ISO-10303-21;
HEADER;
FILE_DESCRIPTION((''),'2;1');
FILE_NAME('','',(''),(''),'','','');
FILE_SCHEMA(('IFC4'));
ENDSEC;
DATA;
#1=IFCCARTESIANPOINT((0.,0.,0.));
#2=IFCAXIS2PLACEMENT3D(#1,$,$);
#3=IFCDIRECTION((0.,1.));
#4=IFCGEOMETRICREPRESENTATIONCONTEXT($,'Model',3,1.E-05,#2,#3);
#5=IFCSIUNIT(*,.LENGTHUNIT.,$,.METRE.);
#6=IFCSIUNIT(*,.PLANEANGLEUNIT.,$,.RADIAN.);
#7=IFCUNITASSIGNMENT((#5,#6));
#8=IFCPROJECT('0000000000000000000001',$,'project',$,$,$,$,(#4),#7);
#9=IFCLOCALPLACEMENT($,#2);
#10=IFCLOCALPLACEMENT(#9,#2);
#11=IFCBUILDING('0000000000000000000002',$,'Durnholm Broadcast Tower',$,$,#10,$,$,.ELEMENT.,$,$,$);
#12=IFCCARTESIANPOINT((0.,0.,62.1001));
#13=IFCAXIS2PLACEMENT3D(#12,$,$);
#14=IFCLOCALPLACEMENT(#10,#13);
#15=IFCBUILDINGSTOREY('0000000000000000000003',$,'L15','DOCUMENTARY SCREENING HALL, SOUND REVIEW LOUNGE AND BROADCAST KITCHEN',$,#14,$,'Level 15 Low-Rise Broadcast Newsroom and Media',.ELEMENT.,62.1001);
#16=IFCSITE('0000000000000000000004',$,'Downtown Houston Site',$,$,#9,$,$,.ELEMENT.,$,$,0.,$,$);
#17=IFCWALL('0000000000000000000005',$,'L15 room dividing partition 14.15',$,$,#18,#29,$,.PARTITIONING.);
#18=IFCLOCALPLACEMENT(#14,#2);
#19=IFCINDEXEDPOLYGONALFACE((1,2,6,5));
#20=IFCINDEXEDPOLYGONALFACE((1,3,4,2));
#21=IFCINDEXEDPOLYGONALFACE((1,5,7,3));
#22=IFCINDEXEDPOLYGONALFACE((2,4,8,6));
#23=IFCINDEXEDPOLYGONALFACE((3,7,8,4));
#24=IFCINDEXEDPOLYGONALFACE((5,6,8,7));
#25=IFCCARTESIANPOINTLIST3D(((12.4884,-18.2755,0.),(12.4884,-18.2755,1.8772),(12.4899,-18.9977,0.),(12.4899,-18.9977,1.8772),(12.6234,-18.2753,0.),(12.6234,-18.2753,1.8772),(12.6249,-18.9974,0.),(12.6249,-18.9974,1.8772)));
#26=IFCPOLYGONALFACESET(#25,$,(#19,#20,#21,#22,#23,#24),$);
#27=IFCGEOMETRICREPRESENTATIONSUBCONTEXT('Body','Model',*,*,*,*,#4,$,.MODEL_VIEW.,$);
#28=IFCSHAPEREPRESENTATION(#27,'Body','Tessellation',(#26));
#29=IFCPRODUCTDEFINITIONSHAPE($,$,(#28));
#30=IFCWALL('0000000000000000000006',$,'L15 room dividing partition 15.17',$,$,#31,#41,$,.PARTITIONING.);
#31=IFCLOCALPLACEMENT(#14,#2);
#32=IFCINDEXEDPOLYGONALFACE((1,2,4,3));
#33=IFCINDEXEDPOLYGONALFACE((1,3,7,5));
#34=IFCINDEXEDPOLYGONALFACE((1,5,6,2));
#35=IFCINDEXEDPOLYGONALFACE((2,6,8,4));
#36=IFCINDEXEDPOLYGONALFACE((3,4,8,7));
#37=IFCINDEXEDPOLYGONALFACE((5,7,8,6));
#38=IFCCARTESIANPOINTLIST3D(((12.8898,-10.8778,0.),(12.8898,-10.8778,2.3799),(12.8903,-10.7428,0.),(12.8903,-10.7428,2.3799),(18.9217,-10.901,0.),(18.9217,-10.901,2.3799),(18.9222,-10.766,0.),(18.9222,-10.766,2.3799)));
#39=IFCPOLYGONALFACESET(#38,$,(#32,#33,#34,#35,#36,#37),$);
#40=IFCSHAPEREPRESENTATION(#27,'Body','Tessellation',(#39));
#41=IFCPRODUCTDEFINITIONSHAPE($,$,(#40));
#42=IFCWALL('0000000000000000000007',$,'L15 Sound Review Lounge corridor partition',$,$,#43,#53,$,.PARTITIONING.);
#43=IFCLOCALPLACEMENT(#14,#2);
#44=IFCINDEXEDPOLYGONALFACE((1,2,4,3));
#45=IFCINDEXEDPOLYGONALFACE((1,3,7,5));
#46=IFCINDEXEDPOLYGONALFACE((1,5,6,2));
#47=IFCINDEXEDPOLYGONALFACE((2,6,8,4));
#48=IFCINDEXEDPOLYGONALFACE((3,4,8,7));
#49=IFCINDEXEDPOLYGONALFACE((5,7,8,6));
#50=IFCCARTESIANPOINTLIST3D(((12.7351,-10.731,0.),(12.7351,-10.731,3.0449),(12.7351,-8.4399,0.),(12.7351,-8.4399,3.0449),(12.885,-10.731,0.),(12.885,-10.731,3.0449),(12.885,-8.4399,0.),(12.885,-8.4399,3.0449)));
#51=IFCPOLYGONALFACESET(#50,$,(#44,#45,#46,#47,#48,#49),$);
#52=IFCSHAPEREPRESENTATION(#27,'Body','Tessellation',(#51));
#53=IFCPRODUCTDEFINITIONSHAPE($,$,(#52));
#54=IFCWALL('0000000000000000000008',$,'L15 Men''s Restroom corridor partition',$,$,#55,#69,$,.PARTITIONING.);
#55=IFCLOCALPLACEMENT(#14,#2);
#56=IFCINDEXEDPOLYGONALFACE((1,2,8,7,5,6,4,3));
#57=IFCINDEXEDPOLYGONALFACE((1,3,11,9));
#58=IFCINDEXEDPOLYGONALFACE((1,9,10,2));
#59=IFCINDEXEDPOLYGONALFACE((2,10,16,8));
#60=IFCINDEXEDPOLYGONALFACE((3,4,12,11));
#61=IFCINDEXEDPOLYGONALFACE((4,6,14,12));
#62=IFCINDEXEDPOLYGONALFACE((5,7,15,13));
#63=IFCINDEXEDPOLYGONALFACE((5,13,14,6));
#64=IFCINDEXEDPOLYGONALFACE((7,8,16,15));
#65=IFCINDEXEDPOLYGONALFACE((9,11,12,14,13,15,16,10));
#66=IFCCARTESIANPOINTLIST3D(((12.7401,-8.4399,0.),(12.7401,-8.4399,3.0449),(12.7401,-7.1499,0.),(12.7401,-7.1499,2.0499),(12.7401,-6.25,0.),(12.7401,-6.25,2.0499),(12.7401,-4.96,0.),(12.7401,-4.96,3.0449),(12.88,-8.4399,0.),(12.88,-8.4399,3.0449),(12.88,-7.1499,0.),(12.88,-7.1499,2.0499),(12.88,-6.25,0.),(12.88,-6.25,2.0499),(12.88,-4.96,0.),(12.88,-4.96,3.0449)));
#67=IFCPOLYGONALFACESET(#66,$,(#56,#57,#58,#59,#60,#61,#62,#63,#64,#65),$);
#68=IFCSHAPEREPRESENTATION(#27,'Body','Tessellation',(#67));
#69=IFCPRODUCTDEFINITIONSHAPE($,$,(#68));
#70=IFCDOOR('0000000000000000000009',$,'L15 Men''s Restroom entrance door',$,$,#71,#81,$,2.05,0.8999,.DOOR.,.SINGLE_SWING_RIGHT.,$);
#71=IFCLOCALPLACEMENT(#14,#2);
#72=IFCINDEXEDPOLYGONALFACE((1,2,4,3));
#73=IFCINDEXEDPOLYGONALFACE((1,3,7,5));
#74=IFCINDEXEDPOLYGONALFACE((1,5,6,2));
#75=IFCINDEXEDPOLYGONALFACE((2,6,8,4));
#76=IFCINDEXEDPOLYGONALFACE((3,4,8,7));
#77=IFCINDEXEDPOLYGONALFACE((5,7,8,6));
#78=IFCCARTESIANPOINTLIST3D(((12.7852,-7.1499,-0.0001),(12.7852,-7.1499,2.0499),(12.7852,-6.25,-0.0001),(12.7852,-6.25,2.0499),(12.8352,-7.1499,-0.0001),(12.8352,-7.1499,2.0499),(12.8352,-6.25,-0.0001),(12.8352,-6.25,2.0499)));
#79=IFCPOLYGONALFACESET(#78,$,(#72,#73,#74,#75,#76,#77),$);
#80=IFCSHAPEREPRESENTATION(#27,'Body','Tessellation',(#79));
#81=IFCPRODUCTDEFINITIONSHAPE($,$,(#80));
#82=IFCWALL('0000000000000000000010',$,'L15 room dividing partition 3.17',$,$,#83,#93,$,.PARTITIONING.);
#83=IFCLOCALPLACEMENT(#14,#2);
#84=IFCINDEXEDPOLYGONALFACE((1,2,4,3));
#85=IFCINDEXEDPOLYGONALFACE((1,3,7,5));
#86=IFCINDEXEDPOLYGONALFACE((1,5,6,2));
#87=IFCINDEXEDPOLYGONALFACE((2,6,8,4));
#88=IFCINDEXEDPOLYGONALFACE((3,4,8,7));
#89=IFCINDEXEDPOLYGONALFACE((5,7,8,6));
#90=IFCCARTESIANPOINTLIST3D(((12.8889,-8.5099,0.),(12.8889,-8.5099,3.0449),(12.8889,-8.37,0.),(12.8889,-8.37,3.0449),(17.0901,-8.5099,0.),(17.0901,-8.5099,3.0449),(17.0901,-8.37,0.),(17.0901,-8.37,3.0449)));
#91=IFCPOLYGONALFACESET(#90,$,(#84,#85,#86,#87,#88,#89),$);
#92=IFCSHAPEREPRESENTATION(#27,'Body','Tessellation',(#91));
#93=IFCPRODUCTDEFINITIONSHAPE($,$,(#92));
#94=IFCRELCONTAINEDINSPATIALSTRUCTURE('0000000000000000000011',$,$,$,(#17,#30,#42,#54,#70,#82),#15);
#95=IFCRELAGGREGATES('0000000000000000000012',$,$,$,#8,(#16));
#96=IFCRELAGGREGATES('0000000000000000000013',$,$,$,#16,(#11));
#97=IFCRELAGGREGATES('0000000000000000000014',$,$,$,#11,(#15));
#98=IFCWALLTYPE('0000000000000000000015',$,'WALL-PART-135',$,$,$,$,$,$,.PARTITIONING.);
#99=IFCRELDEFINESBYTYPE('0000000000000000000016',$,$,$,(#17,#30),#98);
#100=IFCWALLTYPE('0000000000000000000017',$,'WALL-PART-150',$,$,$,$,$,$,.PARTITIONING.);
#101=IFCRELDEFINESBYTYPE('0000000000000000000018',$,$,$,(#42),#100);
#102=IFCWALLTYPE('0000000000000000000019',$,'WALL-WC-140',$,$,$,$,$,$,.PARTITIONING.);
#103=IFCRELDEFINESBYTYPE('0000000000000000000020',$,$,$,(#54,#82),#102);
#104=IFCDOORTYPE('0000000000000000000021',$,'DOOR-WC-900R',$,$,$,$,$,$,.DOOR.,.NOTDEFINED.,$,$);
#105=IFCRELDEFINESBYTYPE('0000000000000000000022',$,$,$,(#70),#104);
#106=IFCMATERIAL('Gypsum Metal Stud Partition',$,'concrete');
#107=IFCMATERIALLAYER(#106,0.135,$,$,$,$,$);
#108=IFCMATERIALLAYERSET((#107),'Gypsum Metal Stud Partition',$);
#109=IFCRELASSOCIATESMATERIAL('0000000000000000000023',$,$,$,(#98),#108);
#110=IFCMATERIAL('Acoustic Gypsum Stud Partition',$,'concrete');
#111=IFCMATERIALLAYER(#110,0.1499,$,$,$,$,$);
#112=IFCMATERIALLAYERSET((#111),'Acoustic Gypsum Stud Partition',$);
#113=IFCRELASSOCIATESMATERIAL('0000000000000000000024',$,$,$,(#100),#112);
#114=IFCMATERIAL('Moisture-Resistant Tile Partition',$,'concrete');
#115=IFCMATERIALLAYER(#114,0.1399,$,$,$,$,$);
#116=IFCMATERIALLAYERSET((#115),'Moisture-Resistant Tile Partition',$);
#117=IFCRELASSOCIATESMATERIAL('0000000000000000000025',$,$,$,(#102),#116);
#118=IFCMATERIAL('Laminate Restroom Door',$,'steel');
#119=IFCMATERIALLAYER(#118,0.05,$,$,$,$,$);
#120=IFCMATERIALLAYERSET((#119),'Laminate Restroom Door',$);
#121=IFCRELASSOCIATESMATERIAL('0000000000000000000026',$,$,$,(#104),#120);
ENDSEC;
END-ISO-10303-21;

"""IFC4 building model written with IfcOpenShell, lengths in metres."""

from ifc_helpers import new_model, si_unit, direction, frame, frame_2d, origin, place, context, subcontext, project, spatial, rectangle, extrude, source, transform, mapped, material, layer, layer_set, type_object, type_shapes, element, fill, save


model = new_model("IFC4")

# Units and contexts
model_context = context("Model", 3, precision=1e-05, world=origin(), true_north=direction((0.0, 1.0)))
body_context = subcontext(model_context, "Body", "Model", "MODEL_VIEW")
ifc_project = project(units=[si_unit("LENGTHUNIT", "METRE"), si_unit("PLANEANGLEUNIT", "RADIAN")], contexts=[model_context])

# Site, building, storey
site_placement = place(None, origin())
site = spatial("IfcSite", under=ifc_project, at=site_placement, Name="Downtown Houston Site", CompositionType="ELEMENT", RefElevation=0.0)
building_placement = place(site_placement, origin())
building = spatial("IfcBuilding", under=site, at=building_placement, Name="Durnholm Broadcast Tower", CompositionType="ELEMENT")
storey_placement = place(building_placement, frame((0.0, 0.0, 62.1001)))
storey = spatial("IfcBuildingStorey", under=building, at=storey_placement, Name="L15", Description="DOCUMENTARY SCREENING HALL, SOUND REVIEW LOUNGE AND BROADCAST KITCHEN", LongName="Level 15 Low-Rise Broadcast Newsroom and Media", CompositionType="ELEMENT", Elevation=62.1001)

# Shared definitions
ifc_material_1 = material(Name="Gypsum Metal Stud Partition", Category="concrete")
ifc_layer_1 = layer(ifc_material_1, 0.135)
ifc_layer_set_1 = layer_set([ifc_layer_1], Name="Gypsum Metal Stud Partition")
wall_type_1 = type_object("IfcWallType", Name="WALL-PART-135", PredefinedType="PARTITIONING", material=ifc_layer_set_1)
ifc_material_2 = material(Name="Laminate Restroom Door", Category="steel")

# Walls
wall_1_placement = place(storey_placement, frame((12.5559, -18.2754, 0.0), z_axis=(0.0, 0.0, 1.0), x_axis=(0.002028, -0.999998, 0.0)))
element("IfcWall", 1, at=wall_1_placement, inside=storey, type_object=wall_type_1, Name="L15 room dividing partition 14.15", PredefinedType="PARTITIONING", context=body_context, shape_type="SweptSolid", body=[
    extrude(rectangle(XDim=0.7222, YDim=0.135, at=frame_2d((0.3611, 0.0))), origin(), (0.0, 0.0, 1.0), 1.8772),
])
wall_2_placement = place(storey_placement, frame((12.8899, -10.8103, 0.0), z_axis=(0.0, 0.0, 1.0), x_axis=(0.999993, -0.003845, 0.0)))
element("IfcWall", 2, at=wall_2_placement, inside=storey, type_object=wall_type_1, Name="L15 room dividing partition 15.17", PredefinedType="PARTITIONING", context=body_context, shape_type="SweptSolid", body=[
    extrude(rectangle(XDim=6.032, YDim=0.135, at=frame_2d((3.0161, 0.0))), origin(), (0.0, 0.0, 1.0), 2.3799),
])
ifc_material_3 = material(Name="Acoustic Gypsum Stud Partition", Category="concrete")
ifc_layer_2 = layer(ifc_material_3, 0.1499)
ifc_layer_set_2 = layer_set([ifc_layer_2], Name="Acoustic Gypsum Stud Partition")
wall_type_2 = type_object("IfcWallType", Name="WALL-PART-150", PredefinedType="PARTITIONING", material=ifc_layer_set_2)
wall_3_placement = place(storey_placement, frame((12.8101, -10.731, 0.0), z_axis=(0.0, 0.0, 1.0), x_axis=(0.0, 1.0, 0.0)))
element("IfcWall", 3, at=wall_3_placement, inside=storey, type_object=wall_type_2, Name="L15 Sound Review Lounge corridor partition", PredefinedType="PARTITIONING", context=body_context, shape_type="SweptSolid", body=[
    extrude(rectangle(XDim=2.291, YDim=0.1499, at=frame_2d((1.1455, 0.0))), origin(), (0.0, 0.0, 1.0), 3.0449),
])

# Wall, opening, door
ifc_material_4 = material(Name="Moisture-Resistant Tile Partition", Category="concrete")
ifc_layer_3 = layer(ifc_material_4, 0.1399)
ifc_layer_set_3 = layer_set([ifc_layer_3], Name="Moisture-Resistant Tile Partition")
wall_type_3 = type_object("IfcWallType", Name="WALL-WC-140", PredefinedType="PARTITIONING", material=ifc_layer_set_3)
wall_4_placement = place(storey_placement, frame((12.8101, -8.4399, 0.0), z_axis=(0.0, 0.0, 1.0), x_axis=(0.0, 1.0, 0.0)))
wall_4 = element("IfcWall", 4, at=wall_4_placement, inside=storey, type_object=wall_type_3, Name="L15 Men's Restroom corridor partition", PredefinedType="PARTITIONING", context=body_context, shape_type="SweptSolid", body=[
    extrude(rectangle(XDim=3.48, YDim=0.1399, at=frame_2d((1.74, 0.0))), origin(), (0.0, 0.0, 1.0), 3.0449),
])
opening_1_placement = place(wall_4_placement, frame((1.29, 0.0, 0.0)))
opening_1 = element("IfcOpeningElement", 5, at=opening_1_placement, cuts=wall_4, PredefinedType="OPENING", context=body_context, shape_type="SweptSolid", body=[
    extrude(rectangle(XDim=0.8999, YDim=2.05, at=frame_2d((0.45, 1.0249))), frame((0.0, 0.0801, 0.0), z_axis=(0.0, -1.0, 0.0), x_axis=(1.0, 0.0, 0.0)), (0.0, 0.0, 1.0), 0.1599),
])
ifc_layer_4 = layer(ifc_material_2, 0.05)
ifc_layer_set_4 = layer_set([ifc_layer_4], Name="Laminate Restroom Door")
door_type_1 = type_object("IfcDoorType", Name="DOOR-WC-900R", OperationType="NOTDEFINED", PredefinedType="DOOR", material=ifc_layer_set_4)
shared_shape_1 = source(origin(), body_context, "Body", "SweptSolid", [
    extrude(rectangle(XDim=0.8999, YDim=2.05, at=frame_2d((0.45, 1.0249))), frame((0.0, 0.0249, 0.0), z_axis=(0.0, -1.0, 0.0), x_axis=(1.0, 0.0, 0.0)), (0.0, 0.0, 1.0), 0.05),
])
type_shapes(door_type_1, [shared_shape_1])
door_1_placement = place(opening_1_placement, origin())
door_1 = element("IfcDoor", 6, at=door_1_placement, inside=storey, type_object=door_type_1, Name="L15 Men's Restroom entrance door", OperationType="SINGLE_SWING_RIGHT", OverallHeight=2.05, OverallWidth=0.8999, PredefinedType="DOOR", context=body_context, shape_type="MappedRepresentation", body=[
    mapped(shared_shape_1, transform((0.0, 0.0, 0.0), x_axis=(1.0, 0.0, 0.0), y_axis=(0.0, 1.0, 0.0), z_axis=(0.0, 0.0, 1.0), scale=1.0)),
])
fill(opening_1, door_1)

# Wall
wall_5_placement = place(storey_placement, frame((17.0901, -8.4399, 0.0), z_axis=(0.0, 0.0, 1.0), x_axis=(-1.0, 0.0, 0.0)))
element("IfcWall", 7, at=wall_5_placement, inside=storey, type_object=wall_type_3, Name="L15 room dividing partition 3.17", PredefinedType="PARTITIONING", context=body_context, shape_type="SweptSolid", body=[
    extrude(rectangle(XDim=4.2012, YDim=0.1399, at=frame_2d((2.1006, 0.0))), origin(), (0.0, 0.0, 1.0), 3.0449),
])

save(model, "model.ifc")
